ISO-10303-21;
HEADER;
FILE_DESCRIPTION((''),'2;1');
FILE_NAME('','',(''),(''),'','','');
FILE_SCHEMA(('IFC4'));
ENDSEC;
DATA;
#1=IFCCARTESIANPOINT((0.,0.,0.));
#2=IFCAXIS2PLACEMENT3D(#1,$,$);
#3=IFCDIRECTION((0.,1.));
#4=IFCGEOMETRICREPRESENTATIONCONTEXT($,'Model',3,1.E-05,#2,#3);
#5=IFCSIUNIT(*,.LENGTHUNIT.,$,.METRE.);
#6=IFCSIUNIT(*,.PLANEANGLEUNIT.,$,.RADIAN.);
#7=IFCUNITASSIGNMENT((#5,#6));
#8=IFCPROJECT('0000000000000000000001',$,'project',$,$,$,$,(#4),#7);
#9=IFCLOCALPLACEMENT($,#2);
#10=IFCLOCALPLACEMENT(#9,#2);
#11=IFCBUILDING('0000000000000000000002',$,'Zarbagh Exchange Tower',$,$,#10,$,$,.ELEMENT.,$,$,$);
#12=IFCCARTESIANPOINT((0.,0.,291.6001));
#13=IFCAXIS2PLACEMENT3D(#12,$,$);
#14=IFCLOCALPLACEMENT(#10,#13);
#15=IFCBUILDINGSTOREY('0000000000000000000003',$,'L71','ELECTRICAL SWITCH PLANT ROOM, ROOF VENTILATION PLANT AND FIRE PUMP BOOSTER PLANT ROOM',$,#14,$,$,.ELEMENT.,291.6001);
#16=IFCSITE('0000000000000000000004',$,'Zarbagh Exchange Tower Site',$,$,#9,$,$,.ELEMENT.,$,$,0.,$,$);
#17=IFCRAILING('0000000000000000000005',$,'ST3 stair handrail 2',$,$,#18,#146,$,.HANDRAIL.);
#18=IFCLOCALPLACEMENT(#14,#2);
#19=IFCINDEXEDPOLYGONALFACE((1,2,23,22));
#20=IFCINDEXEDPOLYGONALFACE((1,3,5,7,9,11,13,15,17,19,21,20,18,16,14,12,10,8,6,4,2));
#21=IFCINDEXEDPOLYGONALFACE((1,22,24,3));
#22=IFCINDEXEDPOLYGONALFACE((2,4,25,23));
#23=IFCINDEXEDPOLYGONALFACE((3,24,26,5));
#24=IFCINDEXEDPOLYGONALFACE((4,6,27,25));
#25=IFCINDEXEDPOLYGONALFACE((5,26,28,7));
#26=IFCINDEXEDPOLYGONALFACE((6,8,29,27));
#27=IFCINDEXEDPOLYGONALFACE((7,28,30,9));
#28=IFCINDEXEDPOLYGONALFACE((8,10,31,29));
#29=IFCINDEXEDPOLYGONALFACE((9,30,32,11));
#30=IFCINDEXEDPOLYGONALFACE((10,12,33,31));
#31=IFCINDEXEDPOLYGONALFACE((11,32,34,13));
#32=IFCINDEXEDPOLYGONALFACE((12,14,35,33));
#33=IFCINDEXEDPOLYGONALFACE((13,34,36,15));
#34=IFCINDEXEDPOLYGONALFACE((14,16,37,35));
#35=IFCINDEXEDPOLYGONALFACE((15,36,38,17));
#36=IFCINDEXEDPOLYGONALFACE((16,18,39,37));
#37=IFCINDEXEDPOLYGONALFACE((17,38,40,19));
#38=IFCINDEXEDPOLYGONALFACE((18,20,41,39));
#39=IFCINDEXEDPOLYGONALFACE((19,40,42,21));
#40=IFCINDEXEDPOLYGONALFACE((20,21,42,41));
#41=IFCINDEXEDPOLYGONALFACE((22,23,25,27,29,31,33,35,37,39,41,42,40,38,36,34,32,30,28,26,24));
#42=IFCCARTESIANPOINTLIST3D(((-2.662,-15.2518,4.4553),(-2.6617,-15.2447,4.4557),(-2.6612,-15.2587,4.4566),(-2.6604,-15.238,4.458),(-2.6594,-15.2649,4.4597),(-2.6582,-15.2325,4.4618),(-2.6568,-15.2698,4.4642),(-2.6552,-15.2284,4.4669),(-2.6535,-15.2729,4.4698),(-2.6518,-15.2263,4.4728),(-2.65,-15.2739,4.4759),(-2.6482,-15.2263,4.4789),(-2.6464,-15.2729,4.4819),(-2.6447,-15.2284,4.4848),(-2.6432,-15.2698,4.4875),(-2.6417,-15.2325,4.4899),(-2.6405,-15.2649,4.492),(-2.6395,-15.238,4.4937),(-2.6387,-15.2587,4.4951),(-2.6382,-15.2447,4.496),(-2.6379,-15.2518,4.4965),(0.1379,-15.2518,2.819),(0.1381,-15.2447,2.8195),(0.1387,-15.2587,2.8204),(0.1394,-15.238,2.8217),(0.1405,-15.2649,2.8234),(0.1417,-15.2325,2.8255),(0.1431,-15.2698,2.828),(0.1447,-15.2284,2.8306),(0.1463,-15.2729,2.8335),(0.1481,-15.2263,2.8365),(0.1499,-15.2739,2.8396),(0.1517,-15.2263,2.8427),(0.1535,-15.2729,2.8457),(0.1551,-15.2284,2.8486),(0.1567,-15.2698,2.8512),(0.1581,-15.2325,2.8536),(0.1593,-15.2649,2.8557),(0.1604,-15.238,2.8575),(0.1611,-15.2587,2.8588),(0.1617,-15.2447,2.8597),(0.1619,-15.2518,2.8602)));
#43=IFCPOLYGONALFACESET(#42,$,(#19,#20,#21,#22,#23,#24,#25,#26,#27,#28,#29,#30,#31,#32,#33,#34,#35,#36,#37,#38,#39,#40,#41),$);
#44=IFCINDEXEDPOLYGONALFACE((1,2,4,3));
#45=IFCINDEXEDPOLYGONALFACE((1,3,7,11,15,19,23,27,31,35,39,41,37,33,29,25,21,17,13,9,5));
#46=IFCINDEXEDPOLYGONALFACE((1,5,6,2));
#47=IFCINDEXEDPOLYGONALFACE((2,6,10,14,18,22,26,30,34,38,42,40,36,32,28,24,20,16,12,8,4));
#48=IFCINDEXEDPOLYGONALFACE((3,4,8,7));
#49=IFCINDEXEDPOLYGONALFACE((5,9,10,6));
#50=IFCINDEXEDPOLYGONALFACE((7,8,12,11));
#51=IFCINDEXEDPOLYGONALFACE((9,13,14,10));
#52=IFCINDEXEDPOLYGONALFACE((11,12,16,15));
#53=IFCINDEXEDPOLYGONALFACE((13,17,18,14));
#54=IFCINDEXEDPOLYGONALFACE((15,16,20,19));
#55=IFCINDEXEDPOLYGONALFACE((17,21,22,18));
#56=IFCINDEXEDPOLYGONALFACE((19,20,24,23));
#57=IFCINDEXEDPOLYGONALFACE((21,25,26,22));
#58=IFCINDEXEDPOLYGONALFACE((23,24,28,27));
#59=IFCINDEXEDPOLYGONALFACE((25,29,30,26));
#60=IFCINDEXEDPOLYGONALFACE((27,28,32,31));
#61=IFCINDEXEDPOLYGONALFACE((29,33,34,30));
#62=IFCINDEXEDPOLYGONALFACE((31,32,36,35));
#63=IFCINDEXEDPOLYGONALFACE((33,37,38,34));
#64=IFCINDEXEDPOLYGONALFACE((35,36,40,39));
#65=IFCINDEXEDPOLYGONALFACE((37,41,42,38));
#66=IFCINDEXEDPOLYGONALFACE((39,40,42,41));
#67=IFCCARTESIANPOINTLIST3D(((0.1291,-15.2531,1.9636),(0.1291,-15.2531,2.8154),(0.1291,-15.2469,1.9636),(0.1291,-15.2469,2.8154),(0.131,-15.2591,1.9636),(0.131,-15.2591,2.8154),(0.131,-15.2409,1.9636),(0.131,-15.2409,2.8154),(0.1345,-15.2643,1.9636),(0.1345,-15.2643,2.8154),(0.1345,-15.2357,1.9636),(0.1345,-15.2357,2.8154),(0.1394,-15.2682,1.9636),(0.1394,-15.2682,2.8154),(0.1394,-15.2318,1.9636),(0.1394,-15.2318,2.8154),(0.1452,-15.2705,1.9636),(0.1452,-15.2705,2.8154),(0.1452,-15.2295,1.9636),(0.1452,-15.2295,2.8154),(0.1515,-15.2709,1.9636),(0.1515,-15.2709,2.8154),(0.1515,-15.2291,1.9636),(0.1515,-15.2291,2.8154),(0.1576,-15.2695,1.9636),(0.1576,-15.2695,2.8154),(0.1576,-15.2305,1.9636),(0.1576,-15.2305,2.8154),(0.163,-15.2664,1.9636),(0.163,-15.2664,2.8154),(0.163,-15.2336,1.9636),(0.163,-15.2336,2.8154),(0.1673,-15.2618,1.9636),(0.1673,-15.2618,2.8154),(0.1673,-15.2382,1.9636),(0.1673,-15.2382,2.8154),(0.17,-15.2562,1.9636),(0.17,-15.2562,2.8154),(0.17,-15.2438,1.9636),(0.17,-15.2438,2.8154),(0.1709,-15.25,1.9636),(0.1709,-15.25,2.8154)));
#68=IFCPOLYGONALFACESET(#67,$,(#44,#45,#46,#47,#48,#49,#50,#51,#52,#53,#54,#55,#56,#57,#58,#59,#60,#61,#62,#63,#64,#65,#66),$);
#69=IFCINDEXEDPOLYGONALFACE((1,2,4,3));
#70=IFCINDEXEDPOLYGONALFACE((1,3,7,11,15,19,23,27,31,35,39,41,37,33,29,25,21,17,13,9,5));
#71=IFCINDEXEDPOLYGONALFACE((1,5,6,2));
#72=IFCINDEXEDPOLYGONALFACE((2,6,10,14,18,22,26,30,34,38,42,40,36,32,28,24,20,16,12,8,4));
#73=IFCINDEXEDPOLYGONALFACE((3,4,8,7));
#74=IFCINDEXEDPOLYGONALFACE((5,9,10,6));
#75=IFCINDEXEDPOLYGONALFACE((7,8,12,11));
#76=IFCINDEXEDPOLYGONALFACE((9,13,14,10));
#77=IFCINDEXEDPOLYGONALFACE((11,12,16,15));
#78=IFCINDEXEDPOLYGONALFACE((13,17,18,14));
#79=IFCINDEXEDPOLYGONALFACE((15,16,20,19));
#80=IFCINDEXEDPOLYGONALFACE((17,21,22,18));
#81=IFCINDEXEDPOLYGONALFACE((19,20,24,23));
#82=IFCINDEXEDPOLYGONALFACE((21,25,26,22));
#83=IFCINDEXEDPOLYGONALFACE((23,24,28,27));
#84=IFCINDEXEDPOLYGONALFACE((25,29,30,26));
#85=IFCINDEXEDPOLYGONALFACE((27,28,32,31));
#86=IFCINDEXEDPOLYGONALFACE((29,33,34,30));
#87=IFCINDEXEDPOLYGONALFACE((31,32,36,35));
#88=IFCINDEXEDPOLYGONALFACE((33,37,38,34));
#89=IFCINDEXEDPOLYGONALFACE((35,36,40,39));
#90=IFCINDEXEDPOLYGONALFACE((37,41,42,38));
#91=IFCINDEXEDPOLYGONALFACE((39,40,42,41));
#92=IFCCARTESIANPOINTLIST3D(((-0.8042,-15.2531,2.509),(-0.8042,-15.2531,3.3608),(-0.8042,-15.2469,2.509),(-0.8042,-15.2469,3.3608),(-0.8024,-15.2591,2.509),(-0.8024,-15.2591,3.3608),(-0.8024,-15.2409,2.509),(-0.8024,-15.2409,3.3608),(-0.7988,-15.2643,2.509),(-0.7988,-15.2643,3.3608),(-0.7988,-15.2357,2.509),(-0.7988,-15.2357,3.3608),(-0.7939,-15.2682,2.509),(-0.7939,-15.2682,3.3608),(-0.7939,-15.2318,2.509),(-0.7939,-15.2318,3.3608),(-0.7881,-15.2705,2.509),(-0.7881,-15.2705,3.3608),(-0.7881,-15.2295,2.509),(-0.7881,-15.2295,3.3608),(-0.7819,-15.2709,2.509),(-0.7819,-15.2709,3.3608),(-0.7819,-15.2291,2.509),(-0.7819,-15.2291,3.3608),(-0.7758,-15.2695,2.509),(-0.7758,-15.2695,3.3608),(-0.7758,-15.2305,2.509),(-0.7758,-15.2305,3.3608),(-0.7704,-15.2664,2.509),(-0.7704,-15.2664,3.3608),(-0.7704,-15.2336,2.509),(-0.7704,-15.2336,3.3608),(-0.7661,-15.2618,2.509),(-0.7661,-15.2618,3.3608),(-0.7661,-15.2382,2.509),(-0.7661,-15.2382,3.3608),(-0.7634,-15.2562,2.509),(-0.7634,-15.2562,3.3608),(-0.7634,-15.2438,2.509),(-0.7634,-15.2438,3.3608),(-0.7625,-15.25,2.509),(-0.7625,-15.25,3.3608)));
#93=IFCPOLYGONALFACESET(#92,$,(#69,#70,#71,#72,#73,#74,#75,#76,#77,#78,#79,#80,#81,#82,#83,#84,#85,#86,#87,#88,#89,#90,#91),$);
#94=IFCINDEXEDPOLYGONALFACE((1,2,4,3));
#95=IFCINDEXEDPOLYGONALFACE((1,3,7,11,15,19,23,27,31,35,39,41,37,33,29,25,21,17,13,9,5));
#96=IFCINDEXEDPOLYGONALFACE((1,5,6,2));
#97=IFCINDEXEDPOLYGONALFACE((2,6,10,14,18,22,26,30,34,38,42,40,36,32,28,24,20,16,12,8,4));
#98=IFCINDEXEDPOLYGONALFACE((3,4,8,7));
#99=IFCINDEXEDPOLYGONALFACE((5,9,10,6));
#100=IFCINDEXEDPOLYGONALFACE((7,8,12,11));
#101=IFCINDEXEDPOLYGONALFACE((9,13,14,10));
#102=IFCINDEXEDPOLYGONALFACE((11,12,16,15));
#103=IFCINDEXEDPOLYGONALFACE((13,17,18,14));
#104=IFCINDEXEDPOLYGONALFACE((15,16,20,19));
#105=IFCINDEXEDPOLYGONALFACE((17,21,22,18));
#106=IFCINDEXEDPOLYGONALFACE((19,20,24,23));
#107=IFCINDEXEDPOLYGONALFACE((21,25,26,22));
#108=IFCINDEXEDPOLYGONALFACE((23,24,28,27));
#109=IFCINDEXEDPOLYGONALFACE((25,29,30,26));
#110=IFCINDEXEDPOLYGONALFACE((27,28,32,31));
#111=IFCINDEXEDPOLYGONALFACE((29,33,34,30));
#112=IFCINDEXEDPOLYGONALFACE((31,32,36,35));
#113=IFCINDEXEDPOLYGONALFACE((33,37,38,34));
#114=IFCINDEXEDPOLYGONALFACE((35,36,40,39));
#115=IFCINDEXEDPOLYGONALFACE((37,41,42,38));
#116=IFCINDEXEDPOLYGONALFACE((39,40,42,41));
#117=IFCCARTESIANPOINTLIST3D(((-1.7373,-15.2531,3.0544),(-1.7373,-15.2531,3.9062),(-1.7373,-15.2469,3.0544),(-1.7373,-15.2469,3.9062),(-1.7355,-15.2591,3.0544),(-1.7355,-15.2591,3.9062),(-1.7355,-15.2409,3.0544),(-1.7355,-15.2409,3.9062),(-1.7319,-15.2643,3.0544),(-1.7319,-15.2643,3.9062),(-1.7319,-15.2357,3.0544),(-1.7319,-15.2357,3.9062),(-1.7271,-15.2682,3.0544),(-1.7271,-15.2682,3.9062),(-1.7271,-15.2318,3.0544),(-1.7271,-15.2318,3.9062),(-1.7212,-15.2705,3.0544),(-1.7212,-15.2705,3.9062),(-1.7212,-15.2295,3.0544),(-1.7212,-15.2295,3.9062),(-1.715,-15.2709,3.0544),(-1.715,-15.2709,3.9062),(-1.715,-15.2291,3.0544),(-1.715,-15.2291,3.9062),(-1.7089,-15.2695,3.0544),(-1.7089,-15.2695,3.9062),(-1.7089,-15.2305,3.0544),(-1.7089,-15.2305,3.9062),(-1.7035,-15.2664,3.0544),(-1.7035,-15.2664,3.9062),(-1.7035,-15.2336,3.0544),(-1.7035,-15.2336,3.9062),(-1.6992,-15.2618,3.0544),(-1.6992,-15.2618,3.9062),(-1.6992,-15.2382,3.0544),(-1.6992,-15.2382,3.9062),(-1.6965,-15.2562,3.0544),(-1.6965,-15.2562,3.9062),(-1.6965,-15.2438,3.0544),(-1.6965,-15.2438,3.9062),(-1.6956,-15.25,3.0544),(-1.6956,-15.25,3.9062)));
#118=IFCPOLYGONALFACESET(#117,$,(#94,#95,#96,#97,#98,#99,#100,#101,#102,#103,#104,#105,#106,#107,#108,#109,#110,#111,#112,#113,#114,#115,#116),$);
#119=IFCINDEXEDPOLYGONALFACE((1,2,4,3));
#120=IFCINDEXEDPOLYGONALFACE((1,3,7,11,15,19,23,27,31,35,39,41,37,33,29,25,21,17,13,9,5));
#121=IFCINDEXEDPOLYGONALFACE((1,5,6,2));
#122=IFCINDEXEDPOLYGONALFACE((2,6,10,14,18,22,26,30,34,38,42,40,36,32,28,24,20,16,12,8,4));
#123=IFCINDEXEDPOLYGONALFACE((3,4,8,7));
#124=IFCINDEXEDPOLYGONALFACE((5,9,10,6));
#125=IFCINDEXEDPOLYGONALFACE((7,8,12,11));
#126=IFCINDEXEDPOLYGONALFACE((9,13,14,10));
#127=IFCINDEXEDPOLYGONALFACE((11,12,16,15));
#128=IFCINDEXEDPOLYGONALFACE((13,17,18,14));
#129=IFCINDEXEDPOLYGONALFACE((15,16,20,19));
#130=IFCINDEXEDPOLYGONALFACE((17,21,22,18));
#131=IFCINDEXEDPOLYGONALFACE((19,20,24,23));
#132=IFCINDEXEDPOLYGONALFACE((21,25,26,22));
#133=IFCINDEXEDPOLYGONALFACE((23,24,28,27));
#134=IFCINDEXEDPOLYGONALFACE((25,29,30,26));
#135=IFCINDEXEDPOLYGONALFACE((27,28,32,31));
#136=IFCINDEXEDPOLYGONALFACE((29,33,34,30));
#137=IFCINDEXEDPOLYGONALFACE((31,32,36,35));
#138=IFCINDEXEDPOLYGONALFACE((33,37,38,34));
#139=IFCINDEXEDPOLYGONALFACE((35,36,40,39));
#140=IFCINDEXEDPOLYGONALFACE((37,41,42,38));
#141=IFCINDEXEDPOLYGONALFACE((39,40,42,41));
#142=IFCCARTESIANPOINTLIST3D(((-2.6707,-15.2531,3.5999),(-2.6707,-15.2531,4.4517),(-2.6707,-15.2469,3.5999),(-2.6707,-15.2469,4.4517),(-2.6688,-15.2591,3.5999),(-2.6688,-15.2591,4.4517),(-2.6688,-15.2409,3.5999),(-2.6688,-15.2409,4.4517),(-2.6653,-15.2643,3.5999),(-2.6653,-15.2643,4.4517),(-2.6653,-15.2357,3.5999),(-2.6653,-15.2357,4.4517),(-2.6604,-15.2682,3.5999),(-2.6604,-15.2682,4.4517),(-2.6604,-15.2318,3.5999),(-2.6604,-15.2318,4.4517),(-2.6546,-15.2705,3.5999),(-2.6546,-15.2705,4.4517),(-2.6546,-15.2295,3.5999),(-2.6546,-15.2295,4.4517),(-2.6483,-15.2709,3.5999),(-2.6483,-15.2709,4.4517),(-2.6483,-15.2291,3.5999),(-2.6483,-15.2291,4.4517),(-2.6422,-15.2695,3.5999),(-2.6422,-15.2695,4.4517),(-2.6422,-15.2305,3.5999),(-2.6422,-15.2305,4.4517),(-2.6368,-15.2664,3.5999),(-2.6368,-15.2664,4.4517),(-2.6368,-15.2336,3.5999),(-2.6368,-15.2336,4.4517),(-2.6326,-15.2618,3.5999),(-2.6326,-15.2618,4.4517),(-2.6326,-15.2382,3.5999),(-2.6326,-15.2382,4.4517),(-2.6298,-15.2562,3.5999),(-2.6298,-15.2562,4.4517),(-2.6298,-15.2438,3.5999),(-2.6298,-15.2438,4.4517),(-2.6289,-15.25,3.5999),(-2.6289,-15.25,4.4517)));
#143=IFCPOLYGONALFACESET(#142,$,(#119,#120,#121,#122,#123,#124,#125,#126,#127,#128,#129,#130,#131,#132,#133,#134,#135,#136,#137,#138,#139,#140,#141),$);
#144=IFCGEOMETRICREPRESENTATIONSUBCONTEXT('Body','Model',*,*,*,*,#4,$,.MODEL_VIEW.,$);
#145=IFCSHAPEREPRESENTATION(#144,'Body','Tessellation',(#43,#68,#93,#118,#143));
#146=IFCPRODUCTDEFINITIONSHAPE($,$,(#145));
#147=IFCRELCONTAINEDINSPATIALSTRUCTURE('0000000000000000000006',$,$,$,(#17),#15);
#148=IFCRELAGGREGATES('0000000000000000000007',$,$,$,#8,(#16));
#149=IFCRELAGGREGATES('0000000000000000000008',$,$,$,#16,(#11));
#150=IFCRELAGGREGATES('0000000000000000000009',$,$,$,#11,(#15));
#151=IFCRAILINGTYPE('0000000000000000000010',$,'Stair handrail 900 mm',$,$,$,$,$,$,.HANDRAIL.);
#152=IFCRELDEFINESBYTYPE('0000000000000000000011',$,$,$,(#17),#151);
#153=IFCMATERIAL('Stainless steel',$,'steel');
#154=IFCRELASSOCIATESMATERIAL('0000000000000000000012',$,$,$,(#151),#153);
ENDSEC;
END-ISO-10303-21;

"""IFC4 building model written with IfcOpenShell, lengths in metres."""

from ifc_helpers import new_model, si_unit, direction, frame, origin, origin_2d, place, context, subcontext, project, spatial, circle, extrude, material, type_object, element, save


model = new_model("IFC4")

# Units and contexts
model_context = context("Model", 3, precision=1e-05, world=origin(), true_north=direction((0.0, 1.0)))
body_context = subcontext(model_context, "Body", "Model", "MODEL_VIEW")
ifc_project = project(units=[si_unit("LENGTHUNIT", "METRE"), si_unit("PLANEANGLEUNIT", "RADIAN")], contexts=[model_context])

# Site, building, storey
site_placement = place(None, origin())
site = spatial("IfcSite", under=ifc_project, at=site_placement, Name="Zarbagh Exchange Tower Site", CompositionType="ELEMENT", RefElevation=0.0)
building_placement = place(site_placement, origin())
building = spatial("IfcBuilding", under=site, at=building_placement, Name="Zarbagh Exchange Tower", CompositionType="ELEMENT")
storey_placement = place(building_placement, frame((0.0, 0.0, 291.6001)))
storey = spatial("IfcBuildingStorey", under=building, at=storey_placement, Name="L71", Description="ELECTRICAL SWITCH PLANT ROOM, ROOF VENTILATION PLANT AND FIRE PUMP BOOSTER PLANT ROOM", CompositionType="ELEMENT", Elevation=291.6001)

# Railing
ifc_material_1 = material(Name="Stainless steel", Category="steel")
railing_type = type_object("IfcRailingType", Name="Stair handrail 900 mm", PredefinedType="HANDRAIL", material=ifc_material_1)
railing_1_placement = place(storey_placement, frame((0.1499, -15.25, 1.9636)))
element("IfcRailing", 1, at=railing_1_placement, inside=storey, type_object=railing_type, Name="ST3 stair handrail 2", PredefinedType="HANDRAIL", context=body_context, shape_type="SweptSolid", body=[
    extrude(circle(Radius=0.0239, at=origin_2d()), frame((0.0, 0.0, 0.876), z_axis=(-0.863374, 0.0, 0.504564), x_axis=(0.0, -1.0, 0.0)), (0.0, 0.0, 1.0), 3.2429),
    extrude(circle(Radius=0.021, at=origin_2d()), origin(), (0.0, 0.0, 1.0), 0.8518),
    extrude(circle(Radius=0.021, at=origin_2d()), frame((-0.9333, 0.0, 0.5454)), (0.0, 0.0, 1.0), 0.8518),
    extrude(circle(Radius=0.021, at=origin_2d()), frame((-1.8665, 0.0, 1.0908)), (0.0, 0.0, 1.0), 0.8518),
    extrude(circle(Radius=0.021, at=origin_2d()), frame((-2.7998, 0.0, 1.6362)), (0.0, 0.0, 1.0), 0.8518),
])

save(model, "model.ifc")
